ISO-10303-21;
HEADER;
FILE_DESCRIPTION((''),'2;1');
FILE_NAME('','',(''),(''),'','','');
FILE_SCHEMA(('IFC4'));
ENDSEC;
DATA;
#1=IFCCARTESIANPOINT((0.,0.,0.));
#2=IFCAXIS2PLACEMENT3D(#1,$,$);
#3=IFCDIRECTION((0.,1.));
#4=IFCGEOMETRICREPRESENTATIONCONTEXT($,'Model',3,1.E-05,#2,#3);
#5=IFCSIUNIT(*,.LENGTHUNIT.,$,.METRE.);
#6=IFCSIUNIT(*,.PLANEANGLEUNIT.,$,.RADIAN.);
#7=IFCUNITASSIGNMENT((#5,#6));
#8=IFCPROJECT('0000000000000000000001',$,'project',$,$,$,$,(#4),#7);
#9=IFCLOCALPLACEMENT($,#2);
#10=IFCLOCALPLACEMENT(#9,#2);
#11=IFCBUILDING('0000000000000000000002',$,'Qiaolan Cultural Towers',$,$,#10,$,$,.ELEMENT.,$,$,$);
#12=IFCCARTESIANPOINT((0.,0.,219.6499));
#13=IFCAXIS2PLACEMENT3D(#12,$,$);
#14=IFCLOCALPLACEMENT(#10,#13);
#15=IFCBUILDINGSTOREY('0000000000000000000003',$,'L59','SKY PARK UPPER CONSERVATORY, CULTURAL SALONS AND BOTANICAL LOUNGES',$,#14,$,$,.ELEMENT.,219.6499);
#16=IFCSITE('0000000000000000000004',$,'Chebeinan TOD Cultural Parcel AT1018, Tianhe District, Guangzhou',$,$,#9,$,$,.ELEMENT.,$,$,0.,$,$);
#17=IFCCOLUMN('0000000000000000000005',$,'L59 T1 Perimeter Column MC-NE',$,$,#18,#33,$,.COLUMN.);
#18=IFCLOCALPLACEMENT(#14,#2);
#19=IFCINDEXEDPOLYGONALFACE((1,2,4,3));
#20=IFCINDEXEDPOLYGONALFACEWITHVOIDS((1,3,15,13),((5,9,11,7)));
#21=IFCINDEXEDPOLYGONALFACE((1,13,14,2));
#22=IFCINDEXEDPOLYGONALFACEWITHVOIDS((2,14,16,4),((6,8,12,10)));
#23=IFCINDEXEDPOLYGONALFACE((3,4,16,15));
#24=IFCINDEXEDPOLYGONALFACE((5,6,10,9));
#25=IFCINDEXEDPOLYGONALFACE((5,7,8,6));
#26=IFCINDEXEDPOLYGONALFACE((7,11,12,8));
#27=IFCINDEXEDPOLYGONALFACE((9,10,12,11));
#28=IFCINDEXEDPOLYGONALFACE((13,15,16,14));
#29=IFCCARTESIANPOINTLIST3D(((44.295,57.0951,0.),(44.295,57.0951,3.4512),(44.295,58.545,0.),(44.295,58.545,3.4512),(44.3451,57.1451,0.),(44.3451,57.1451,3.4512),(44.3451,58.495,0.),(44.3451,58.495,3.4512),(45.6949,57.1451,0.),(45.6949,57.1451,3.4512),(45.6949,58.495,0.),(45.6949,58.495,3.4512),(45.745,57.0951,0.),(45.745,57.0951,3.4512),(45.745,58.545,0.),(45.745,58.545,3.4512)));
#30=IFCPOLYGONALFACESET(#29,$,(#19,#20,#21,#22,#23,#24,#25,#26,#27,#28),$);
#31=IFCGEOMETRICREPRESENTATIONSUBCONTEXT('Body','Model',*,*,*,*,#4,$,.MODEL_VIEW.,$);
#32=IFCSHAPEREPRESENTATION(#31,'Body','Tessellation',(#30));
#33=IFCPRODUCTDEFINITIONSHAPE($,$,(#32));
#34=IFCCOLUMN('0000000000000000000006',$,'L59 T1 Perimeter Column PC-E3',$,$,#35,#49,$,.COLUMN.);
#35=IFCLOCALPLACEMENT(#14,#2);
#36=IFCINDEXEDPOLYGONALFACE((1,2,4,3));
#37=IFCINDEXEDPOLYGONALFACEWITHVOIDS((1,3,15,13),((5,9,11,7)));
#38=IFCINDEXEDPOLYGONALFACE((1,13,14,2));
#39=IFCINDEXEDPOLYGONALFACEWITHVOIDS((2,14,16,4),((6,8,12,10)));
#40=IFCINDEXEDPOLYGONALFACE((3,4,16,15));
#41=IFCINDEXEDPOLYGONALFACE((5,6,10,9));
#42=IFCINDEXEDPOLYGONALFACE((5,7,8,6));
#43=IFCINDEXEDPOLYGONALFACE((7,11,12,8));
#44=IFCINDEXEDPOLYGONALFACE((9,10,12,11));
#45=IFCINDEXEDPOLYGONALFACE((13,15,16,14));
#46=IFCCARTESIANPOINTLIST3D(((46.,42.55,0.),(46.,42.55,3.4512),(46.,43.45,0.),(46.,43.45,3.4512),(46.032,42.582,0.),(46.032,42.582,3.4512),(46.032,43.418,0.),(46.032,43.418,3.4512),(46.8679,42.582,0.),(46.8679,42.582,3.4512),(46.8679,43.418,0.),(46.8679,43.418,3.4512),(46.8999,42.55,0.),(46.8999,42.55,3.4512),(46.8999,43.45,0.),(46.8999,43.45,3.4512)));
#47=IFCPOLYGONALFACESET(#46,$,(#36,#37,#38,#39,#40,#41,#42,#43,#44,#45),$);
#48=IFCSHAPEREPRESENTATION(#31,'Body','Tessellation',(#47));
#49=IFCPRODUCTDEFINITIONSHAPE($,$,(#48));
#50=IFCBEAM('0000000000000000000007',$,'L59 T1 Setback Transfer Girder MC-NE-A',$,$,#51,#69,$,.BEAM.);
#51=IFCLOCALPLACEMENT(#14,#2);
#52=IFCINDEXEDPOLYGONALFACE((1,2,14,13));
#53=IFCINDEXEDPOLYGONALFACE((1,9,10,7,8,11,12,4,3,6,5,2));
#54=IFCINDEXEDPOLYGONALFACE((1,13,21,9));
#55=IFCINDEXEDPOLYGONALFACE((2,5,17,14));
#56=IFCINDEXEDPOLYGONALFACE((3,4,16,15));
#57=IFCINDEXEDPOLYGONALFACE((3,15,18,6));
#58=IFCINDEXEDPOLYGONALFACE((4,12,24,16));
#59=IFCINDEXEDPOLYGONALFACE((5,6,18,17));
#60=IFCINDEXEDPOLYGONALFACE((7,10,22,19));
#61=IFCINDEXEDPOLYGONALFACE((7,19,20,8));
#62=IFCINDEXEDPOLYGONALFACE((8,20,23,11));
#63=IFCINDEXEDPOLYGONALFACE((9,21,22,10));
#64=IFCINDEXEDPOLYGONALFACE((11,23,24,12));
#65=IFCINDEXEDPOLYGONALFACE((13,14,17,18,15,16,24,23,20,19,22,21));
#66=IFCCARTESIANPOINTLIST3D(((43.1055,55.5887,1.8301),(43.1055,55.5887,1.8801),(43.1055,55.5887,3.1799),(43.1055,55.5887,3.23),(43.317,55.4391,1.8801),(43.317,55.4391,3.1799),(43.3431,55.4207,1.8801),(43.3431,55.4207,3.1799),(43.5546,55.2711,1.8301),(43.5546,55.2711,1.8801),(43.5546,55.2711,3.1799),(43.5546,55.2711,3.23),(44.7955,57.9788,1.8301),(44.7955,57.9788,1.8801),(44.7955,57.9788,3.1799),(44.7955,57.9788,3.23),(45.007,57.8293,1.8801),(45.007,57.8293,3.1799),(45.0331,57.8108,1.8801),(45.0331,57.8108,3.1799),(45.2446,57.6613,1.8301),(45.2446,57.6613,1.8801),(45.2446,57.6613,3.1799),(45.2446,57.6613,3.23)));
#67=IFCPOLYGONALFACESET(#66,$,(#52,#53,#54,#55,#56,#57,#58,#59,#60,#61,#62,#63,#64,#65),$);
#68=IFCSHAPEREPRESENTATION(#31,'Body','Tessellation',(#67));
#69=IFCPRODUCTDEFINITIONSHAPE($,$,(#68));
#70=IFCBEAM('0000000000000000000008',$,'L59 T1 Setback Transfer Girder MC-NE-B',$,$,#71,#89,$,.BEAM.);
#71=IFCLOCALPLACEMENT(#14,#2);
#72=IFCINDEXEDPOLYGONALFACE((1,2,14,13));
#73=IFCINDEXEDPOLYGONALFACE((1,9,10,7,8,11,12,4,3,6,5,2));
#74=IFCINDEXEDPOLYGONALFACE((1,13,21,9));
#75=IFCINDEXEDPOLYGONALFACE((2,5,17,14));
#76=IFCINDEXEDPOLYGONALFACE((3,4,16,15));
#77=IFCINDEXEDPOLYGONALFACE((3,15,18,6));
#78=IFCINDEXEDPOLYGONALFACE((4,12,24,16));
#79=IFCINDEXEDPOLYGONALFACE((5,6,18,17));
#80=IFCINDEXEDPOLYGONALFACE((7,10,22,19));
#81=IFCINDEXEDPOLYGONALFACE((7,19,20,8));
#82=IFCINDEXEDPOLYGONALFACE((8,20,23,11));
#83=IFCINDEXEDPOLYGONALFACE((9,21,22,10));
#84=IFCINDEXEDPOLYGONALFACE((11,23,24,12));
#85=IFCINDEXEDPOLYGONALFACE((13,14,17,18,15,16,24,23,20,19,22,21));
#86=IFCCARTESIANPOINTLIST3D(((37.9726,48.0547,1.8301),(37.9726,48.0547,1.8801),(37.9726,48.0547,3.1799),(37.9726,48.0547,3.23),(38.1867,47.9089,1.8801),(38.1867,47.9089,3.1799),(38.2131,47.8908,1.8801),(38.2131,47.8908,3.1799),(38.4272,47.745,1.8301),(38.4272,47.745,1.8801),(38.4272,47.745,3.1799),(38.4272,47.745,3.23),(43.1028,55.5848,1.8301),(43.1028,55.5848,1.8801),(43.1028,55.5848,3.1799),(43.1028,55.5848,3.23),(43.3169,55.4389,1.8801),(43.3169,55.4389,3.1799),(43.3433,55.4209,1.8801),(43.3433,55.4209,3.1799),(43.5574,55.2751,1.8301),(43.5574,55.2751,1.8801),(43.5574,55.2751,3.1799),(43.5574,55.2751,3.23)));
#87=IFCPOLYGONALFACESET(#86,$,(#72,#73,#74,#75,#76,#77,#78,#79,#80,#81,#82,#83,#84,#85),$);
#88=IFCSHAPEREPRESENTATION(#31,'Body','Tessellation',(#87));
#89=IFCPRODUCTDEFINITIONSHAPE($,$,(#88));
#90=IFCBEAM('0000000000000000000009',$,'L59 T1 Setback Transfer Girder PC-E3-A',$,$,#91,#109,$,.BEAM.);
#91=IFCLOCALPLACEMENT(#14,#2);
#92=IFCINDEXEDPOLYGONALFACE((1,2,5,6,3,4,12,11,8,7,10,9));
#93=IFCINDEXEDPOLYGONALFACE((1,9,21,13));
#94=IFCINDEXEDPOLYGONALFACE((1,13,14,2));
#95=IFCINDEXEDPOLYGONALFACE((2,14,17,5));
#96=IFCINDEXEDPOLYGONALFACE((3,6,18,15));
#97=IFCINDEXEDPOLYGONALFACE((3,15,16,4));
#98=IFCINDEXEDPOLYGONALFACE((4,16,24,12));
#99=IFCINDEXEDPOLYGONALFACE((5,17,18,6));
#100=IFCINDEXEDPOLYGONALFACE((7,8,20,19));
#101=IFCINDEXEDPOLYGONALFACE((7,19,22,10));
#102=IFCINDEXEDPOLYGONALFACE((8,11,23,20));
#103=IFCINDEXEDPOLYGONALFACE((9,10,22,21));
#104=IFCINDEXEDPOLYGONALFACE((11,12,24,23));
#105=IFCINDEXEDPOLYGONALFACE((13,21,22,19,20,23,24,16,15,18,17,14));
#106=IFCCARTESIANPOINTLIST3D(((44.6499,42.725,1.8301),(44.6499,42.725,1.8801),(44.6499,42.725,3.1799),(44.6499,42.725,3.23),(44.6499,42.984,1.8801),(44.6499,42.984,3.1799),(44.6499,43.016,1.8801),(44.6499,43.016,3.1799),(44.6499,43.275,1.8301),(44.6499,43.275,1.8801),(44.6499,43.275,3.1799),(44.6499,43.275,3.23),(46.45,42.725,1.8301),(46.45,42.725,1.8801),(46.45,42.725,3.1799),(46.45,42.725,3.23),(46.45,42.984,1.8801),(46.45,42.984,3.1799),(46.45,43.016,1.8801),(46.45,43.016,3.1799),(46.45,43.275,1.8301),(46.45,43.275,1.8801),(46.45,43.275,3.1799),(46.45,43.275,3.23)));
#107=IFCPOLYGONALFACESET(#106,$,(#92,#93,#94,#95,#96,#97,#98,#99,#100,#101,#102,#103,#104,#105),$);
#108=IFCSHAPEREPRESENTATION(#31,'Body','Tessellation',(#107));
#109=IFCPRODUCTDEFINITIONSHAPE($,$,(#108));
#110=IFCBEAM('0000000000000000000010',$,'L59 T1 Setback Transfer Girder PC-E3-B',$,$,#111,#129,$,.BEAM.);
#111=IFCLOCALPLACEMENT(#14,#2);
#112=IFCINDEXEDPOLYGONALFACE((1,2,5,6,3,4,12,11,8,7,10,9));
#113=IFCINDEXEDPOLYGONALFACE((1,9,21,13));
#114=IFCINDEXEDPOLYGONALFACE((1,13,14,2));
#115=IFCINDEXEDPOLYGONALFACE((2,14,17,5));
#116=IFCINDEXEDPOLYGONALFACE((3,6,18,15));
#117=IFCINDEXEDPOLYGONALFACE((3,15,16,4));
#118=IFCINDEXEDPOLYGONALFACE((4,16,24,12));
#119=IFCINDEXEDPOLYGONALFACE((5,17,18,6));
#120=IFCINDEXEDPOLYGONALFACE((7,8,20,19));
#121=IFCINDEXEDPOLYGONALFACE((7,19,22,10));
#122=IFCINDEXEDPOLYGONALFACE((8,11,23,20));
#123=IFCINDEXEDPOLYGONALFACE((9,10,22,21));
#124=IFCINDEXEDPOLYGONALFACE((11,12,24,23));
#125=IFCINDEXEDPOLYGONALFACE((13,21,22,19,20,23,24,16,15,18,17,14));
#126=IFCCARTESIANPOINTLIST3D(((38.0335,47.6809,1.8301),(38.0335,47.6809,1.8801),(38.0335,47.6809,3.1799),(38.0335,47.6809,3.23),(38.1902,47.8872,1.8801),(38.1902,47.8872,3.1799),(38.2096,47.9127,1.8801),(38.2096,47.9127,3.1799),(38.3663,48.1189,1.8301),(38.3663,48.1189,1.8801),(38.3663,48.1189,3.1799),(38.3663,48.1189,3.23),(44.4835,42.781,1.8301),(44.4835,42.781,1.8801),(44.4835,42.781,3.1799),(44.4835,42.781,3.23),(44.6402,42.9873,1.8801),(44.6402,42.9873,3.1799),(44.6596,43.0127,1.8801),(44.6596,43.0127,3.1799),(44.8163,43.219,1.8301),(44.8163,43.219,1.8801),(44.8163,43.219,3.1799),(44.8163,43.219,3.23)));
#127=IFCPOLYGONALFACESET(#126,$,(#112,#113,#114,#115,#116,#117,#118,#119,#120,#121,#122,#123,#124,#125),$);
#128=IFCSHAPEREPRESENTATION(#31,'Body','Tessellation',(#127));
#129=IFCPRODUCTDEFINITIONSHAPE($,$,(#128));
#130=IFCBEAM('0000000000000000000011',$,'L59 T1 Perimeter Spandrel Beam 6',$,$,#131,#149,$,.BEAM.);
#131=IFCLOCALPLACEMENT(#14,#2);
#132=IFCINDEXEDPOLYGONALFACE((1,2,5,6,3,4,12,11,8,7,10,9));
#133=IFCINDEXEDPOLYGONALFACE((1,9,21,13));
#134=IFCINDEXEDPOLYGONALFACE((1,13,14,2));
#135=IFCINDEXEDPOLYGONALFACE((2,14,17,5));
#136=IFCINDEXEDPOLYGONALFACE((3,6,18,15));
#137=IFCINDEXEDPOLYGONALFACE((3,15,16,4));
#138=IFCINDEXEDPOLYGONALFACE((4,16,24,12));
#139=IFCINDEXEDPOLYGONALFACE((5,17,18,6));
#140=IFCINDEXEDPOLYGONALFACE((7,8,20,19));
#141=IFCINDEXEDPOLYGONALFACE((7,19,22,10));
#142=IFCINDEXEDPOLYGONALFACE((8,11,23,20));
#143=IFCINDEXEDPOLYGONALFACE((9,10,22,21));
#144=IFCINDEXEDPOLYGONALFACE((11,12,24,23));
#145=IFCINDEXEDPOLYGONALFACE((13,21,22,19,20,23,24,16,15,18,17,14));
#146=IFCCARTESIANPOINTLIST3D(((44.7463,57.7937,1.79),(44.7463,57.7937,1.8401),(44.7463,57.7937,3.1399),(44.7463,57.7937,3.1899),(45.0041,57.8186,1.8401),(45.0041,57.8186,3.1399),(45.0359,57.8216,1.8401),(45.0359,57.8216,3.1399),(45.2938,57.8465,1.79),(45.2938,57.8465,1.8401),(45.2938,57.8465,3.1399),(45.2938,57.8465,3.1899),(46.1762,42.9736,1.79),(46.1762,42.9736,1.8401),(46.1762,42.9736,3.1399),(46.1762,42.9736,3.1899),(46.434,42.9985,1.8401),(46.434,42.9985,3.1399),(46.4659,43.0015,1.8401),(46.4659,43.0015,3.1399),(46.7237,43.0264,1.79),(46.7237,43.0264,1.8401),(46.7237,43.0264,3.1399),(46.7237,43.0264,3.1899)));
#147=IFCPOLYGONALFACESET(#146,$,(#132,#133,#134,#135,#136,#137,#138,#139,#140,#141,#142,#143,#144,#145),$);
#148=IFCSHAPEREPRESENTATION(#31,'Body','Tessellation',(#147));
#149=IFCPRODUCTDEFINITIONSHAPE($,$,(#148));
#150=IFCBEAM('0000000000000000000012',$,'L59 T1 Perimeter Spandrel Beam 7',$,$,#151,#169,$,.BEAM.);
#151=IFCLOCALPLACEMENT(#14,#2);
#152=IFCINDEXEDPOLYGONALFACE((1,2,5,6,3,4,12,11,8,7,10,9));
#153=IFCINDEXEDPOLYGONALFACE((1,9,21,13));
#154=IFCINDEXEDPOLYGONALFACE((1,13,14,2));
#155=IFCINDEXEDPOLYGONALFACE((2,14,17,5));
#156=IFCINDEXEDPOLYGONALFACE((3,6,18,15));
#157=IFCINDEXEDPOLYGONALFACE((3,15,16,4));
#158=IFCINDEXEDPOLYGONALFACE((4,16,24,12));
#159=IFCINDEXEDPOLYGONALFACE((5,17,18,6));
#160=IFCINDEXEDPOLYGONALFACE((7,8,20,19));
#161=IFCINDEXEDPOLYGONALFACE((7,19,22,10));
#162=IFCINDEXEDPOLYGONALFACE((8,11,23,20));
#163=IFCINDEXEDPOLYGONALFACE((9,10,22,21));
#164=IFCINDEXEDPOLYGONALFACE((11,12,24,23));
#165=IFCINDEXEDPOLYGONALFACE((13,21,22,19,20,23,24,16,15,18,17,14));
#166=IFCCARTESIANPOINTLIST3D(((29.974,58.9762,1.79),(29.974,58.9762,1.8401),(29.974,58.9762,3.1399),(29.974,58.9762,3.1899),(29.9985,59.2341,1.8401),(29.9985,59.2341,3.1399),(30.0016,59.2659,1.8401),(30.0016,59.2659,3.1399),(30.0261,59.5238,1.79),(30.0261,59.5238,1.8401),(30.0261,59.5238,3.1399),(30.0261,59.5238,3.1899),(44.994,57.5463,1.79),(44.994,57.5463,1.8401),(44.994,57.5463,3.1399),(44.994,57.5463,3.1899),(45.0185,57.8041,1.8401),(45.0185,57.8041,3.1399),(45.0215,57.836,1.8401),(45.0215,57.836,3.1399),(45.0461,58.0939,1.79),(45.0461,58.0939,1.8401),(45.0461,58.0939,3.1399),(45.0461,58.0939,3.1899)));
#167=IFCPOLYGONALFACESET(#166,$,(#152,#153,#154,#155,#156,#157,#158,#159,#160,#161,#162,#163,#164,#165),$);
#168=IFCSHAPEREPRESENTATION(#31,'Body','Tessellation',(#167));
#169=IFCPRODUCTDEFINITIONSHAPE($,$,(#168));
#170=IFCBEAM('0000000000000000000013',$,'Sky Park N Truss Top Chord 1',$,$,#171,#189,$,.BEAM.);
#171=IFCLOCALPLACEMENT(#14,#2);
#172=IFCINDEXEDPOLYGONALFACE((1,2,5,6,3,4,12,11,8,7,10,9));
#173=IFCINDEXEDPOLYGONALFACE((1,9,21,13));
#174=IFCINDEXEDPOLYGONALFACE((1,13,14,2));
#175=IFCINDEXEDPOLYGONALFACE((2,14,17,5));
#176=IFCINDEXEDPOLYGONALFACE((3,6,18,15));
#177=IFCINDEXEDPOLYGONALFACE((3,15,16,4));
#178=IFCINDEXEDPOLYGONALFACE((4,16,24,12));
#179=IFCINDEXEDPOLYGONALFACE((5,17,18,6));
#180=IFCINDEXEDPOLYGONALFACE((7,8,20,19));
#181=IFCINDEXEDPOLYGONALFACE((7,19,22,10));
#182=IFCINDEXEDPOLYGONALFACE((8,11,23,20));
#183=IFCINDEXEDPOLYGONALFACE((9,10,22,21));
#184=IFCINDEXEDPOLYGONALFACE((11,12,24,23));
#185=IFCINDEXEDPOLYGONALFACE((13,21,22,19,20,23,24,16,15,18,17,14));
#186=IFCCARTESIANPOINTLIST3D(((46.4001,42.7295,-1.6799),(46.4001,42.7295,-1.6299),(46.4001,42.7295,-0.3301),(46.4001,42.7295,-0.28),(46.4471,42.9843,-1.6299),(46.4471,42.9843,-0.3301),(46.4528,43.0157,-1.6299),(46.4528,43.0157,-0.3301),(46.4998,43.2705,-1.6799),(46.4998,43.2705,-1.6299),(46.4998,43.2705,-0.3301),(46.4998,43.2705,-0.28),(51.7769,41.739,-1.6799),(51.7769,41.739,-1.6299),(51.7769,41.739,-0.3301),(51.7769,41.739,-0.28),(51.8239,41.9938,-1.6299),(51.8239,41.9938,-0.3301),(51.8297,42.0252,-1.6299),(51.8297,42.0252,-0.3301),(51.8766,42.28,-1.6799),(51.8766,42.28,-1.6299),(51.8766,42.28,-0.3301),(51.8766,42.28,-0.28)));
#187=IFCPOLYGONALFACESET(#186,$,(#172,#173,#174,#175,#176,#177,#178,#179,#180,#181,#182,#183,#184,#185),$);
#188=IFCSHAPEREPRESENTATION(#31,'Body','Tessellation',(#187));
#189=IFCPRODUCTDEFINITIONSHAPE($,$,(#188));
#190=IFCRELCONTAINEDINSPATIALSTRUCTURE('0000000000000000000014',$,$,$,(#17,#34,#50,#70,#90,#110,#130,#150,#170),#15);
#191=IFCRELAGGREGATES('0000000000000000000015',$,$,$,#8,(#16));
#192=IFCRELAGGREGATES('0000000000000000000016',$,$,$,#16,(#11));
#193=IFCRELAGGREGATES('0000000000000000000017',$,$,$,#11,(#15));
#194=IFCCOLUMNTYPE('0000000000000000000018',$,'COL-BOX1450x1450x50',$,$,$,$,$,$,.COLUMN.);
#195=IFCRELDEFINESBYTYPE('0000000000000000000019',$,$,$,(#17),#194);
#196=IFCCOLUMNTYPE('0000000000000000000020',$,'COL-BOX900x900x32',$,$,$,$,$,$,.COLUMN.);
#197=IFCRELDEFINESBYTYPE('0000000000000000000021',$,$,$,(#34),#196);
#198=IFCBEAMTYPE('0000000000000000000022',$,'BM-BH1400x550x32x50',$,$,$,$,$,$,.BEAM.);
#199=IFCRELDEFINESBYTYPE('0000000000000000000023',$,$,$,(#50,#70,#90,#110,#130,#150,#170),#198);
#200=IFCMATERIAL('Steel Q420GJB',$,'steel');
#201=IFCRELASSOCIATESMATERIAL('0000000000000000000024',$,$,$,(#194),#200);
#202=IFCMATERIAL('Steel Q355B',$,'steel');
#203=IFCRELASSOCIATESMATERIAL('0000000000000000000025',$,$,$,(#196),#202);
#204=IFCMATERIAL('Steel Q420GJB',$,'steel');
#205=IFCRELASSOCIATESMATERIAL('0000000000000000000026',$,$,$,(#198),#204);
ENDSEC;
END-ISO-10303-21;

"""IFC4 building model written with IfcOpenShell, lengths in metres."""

from ifc_helpers import new_model, si_unit, direction, frame, origin, origin_2d, place, context, subcontext, project, spatial, hollow_rectangle, i_section, extrude, material, material_profile, profile_set, type_object, element, save


model = new_model("IFC4")

# Units and contexts
model_context = context("Model", 3, precision=1e-05, world=origin(), true_north=direction((0.0, 1.0)))
body_context = subcontext(model_context, "Body", "Model", "MODEL_VIEW")
ifc_project = project(units=[si_unit("LENGTHUNIT", "METRE"), si_unit("PLANEANGLEUNIT", "RADIAN")], contexts=[model_context])

# Site, building, storey
site_placement = place(None, origin())
site = spatial("IfcSite", under=ifc_project, at=site_placement, Name="Chebeinan TOD Cultural Parcel AT1018, Tianhe District, Guangzhou", CompositionType="ELEMENT", RefElevation=0.0)
building_placement = place(site_placement, origin())
building = spatial("IfcBuilding", under=site, at=building_placement, Name="Qiaolan Cultural Towers", CompositionType="ELEMENT")
storey_placement = place(building_placement, frame((0.0, 0.0, 219.6499)))
storey = spatial("IfcBuildingStorey", under=building, at=storey_placement, Name="L59", Description="SKY PARK UPPER CONSERVATORY, CULTURAL SALONS AND BOTANICAL LOUNGES", CompositionType="ELEMENT", Elevation=219.6499)

# Columns
ifc_material_1 = material(Name="Steel Q420GJB", Category="steel")
ifc_material_profile_1 = material_profile(ifc_material_1, hollow_rectangle(XDim=1.45, YDim=1.45, WallThickness=0.05, at=origin_2d()), Name="BOX1450x1450x50")
ifc_profile_set_1 = profile_set([ifc_material_profile_1], Name="Steel Q420GJB")
column_type_1 = type_object("IfcColumnType", Name="COL-BOX1450x1450x50", PredefinedType="COLUMN", material=ifc_profile_set_1)
column_1_placement = place(storey_placement, frame((45.02, 57.8201, 0.0), z_axis=(0.0, 0.0, 1.0), x_axis=(1.0, 0.0, 0.0)))
element("IfcColumn", 1, at=column_1_placement, inside=storey, type_object=column_type_1, Name="L59 T1 Perimeter Column MC-NE", PredefinedType="COLUMN", context=body_context, shape_type="SweptSolid", body=[
    extrude(hollow_rectangle(XDim=1.45, YDim=1.45, WallThickness=0.05, at=origin_2d()), origin(), (0.0, 0.0, 1.0), 3.4512),
])
ifc_material_2 = material(Name="Steel Q355B", Category="steel")
ifc_material_profile_2 = material_profile(ifc_material_2, hollow_rectangle(XDim=0.8999, YDim=0.8999, WallThickness=0.032, at=origin_2d()), Name="BOX900x900x32")
ifc_profile_set_2 = profile_set([ifc_material_profile_2], Name="Steel Q355B")
column_type_2 = type_object("IfcColumnType", Name="COL-BOX900x900x32", PredefinedType="COLUMN", material=ifc_profile_set_2)
column_2_placement = place(storey_placement, frame((46.45, 43.0, 0.0), z_axis=(0.0, 0.0, 1.0), x_axis=(1.0, 0.0, 0.0)))
element("IfcColumn", 2, at=column_2_placement, inside=storey, type_object=column_type_2, Name="L59 T1 Perimeter Column PC-E3", PredefinedType="COLUMN", context=body_context, shape_type="SweptSolid", body=[
    extrude(hollow_rectangle(XDim=0.8999, YDim=0.8999, WallThickness=0.032, at=origin_2d()), origin(), (0.0, 0.0, 1.0), 3.4512),
])

# Beams
ifc_material_3 = material(Name="Steel Q420GJB", Category="steel")
ifc_material_profile_3 = material_profile(ifc_material_3, i_section(OverallWidth=0.55, OverallDepth=1.3999, WebThickness=0.032, FlangeThickness=0.05, at=origin_2d()), Name="BH1400x550x32x50")
ifc_profile_set_3 = profile_set([ifc_material_profile_3], Name="Steel Q420GJB")
beam_type = type_object("IfcBeamType", Name="BM-BH1400x550x32x50", PredefinedType="BEAM", material=ifc_profile_set_3)
beam_1_placement = place(storey_placement, frame((45.02, 57.8201, 2.53), z_axis=(-0.577318, -0.816519, 0.0), x_axis=(0.816519, -0.577318, 0.0)))
element("IfcBeam", 3, at=beam_1_placement, inside=storey, type_object=beam_type, Name="L59 T1 Setback Transfer Girder MC-NE-A", PredefinedType="BEAM", context=body_context, shape_type="SweptSolid", body=[
    extrude(i_section(OverallWidth=0.55, OverallDepth=1.3999, WebThickness=0.032, FlangeThickness=0.05, at=origin_2d()), origin(), (0.0, 0.0, 1.0), 2.9272),
])
beam_2_placement = place(storey_placement, frame((43.3301, 55.4299, 2.53), z_axis=(-0.563038, -0.826431, 0.0), x_axis=(0.826431, -0.563038, 0.0)))
element("IfcBeam", 4, at=beam_2_placement, inside=storey, type_object=beam_type, Name="L59 T1 Setback Transfer Girder MC-NE-B", PredefinedType="BEAM", context=body_context, shape_type="SweptSolid", body=[
    extrude(i_section(OverallWidth=0.55, OverallDepth=1.3999, WebThickness=0.032, FlangeThickness=0.05, at=origin_2d()), origin(), (0.0, 0.0, 1.0), 9.1116),
])
beam_3_placement = place(storey_placement, frame((46.45, 43.0, 2.53), z_axis=(-1.0, 0.0, 0.0), x_axis=(0.0, -1.0, 0.0)))
element("IfcBeam", 5, at=beam_3_placement, inside=storey, type_object=beam_type, Name="L59 T1 Setback Transfer Girder PC-E3-A", PredefinedType="BEAM", context=body_context, shape_type="SweptSolid", body=[
    extrude(i_section(OverallWidth=0.55, OverallDepth=1.3999, WebThickness=0.032, FlangeThickness=0.05, at=origin_2d()), origin(), (0.0, 0.0, 1.0), 1.8),
])
beam_4_placement = place(storey_placement, frame((44.6499, 43.0, 2.53), z_axis=(-0.796285, 0.604922, 0.0), x_axis=(-0.604922, -0.796285, 0.0)))
element("IfcBeam", 6, at=beam_4_placement, inside=storey, type_object=beam_type, Name="L59 T1 Setback Transfer Girder PC-E3-B", PredefinedType="BEAM", context=body_context, shape_type="SweptSolid", body=[
    extrude(i_section(OverallWidth=0.55, OverallDepth=1.3999, WebThickness=0.032, FlangeThickness=0.05, at=origin_2d()), origin(), (0.0, 0.0, 1.0), 8.1001),
])
beam_5_placement = place(storey_placement, frame((46.45, 43.0, 2.49), z_axis=(-0.09604, 0.995377, 0.0), x_axis=(-0.995377, -0.09604, 0.0)))
element("IfcBeam", 7, at=beam_5_placement, inside=storey, type_object=beam_type, Name="L59 T1 Perimeter Spandrel Beam 6", PredefinedType="BEAM", context=body_context, shape_type="SweptSolid", body=[
    extrude(i_section(OverallWidth=0.55, OverallDepth=1.3999, WebThickness=0.032, FlangeThickness=0.05, at=origin_2d()), origin(), (0.0, 0.0, 1.0), 14.8889),
])
beam_6_placement = place(storey_placement, frame((45.02, 57.8201, 2.49), z_axis=(-0.995499, 0.094773, 0.0), x_axis=(-0.094773, -0.995499, 0.0)))
element("IfcBeam", 8, at=beam_6_placement, inside=storey, type_object=beam_type, Name="L59 T1 Perimeter Spandrel Beam 7", PredefinedType="BEAM", context=body_context, shape_type="SweptSolid", body=[
    extrude(i_section(OverallWidth=0.55, OverallDepth=1.3999, WebThickness=0.032, FlangeThickness=0.05, at=origin_2d()), origin(), (0.0, 0.0, 1.0), 15.0879),
])
for number, where, z_axis, x_axis, name in (
    (9, (46.45, 43.0, -0.98), (0.983452, -0.181168, 0.0), (0.181168, 0.983452, 0.0), "Sky Park N Truss Top Chord 1"),
):
    element("IfcBeam", number, at=place(storey_placement, frame(where, z_axis=z_axis, x_axis=x_axis)), inside=storey, type_object=beam_type, Name=name, PredefinedType="BEAM", context=body_context, shape_type="SweptSolid", body=[
        extrude(i_section(OverallWidth=0.55, OverallDepth=1.3999, WebThickness=0.032, FlangeThickness=0.05, at=origin_2d()), origin(), (0.0, 0.0, 1.0), 5.4673),
    ])

save(model, "model.ifc")
